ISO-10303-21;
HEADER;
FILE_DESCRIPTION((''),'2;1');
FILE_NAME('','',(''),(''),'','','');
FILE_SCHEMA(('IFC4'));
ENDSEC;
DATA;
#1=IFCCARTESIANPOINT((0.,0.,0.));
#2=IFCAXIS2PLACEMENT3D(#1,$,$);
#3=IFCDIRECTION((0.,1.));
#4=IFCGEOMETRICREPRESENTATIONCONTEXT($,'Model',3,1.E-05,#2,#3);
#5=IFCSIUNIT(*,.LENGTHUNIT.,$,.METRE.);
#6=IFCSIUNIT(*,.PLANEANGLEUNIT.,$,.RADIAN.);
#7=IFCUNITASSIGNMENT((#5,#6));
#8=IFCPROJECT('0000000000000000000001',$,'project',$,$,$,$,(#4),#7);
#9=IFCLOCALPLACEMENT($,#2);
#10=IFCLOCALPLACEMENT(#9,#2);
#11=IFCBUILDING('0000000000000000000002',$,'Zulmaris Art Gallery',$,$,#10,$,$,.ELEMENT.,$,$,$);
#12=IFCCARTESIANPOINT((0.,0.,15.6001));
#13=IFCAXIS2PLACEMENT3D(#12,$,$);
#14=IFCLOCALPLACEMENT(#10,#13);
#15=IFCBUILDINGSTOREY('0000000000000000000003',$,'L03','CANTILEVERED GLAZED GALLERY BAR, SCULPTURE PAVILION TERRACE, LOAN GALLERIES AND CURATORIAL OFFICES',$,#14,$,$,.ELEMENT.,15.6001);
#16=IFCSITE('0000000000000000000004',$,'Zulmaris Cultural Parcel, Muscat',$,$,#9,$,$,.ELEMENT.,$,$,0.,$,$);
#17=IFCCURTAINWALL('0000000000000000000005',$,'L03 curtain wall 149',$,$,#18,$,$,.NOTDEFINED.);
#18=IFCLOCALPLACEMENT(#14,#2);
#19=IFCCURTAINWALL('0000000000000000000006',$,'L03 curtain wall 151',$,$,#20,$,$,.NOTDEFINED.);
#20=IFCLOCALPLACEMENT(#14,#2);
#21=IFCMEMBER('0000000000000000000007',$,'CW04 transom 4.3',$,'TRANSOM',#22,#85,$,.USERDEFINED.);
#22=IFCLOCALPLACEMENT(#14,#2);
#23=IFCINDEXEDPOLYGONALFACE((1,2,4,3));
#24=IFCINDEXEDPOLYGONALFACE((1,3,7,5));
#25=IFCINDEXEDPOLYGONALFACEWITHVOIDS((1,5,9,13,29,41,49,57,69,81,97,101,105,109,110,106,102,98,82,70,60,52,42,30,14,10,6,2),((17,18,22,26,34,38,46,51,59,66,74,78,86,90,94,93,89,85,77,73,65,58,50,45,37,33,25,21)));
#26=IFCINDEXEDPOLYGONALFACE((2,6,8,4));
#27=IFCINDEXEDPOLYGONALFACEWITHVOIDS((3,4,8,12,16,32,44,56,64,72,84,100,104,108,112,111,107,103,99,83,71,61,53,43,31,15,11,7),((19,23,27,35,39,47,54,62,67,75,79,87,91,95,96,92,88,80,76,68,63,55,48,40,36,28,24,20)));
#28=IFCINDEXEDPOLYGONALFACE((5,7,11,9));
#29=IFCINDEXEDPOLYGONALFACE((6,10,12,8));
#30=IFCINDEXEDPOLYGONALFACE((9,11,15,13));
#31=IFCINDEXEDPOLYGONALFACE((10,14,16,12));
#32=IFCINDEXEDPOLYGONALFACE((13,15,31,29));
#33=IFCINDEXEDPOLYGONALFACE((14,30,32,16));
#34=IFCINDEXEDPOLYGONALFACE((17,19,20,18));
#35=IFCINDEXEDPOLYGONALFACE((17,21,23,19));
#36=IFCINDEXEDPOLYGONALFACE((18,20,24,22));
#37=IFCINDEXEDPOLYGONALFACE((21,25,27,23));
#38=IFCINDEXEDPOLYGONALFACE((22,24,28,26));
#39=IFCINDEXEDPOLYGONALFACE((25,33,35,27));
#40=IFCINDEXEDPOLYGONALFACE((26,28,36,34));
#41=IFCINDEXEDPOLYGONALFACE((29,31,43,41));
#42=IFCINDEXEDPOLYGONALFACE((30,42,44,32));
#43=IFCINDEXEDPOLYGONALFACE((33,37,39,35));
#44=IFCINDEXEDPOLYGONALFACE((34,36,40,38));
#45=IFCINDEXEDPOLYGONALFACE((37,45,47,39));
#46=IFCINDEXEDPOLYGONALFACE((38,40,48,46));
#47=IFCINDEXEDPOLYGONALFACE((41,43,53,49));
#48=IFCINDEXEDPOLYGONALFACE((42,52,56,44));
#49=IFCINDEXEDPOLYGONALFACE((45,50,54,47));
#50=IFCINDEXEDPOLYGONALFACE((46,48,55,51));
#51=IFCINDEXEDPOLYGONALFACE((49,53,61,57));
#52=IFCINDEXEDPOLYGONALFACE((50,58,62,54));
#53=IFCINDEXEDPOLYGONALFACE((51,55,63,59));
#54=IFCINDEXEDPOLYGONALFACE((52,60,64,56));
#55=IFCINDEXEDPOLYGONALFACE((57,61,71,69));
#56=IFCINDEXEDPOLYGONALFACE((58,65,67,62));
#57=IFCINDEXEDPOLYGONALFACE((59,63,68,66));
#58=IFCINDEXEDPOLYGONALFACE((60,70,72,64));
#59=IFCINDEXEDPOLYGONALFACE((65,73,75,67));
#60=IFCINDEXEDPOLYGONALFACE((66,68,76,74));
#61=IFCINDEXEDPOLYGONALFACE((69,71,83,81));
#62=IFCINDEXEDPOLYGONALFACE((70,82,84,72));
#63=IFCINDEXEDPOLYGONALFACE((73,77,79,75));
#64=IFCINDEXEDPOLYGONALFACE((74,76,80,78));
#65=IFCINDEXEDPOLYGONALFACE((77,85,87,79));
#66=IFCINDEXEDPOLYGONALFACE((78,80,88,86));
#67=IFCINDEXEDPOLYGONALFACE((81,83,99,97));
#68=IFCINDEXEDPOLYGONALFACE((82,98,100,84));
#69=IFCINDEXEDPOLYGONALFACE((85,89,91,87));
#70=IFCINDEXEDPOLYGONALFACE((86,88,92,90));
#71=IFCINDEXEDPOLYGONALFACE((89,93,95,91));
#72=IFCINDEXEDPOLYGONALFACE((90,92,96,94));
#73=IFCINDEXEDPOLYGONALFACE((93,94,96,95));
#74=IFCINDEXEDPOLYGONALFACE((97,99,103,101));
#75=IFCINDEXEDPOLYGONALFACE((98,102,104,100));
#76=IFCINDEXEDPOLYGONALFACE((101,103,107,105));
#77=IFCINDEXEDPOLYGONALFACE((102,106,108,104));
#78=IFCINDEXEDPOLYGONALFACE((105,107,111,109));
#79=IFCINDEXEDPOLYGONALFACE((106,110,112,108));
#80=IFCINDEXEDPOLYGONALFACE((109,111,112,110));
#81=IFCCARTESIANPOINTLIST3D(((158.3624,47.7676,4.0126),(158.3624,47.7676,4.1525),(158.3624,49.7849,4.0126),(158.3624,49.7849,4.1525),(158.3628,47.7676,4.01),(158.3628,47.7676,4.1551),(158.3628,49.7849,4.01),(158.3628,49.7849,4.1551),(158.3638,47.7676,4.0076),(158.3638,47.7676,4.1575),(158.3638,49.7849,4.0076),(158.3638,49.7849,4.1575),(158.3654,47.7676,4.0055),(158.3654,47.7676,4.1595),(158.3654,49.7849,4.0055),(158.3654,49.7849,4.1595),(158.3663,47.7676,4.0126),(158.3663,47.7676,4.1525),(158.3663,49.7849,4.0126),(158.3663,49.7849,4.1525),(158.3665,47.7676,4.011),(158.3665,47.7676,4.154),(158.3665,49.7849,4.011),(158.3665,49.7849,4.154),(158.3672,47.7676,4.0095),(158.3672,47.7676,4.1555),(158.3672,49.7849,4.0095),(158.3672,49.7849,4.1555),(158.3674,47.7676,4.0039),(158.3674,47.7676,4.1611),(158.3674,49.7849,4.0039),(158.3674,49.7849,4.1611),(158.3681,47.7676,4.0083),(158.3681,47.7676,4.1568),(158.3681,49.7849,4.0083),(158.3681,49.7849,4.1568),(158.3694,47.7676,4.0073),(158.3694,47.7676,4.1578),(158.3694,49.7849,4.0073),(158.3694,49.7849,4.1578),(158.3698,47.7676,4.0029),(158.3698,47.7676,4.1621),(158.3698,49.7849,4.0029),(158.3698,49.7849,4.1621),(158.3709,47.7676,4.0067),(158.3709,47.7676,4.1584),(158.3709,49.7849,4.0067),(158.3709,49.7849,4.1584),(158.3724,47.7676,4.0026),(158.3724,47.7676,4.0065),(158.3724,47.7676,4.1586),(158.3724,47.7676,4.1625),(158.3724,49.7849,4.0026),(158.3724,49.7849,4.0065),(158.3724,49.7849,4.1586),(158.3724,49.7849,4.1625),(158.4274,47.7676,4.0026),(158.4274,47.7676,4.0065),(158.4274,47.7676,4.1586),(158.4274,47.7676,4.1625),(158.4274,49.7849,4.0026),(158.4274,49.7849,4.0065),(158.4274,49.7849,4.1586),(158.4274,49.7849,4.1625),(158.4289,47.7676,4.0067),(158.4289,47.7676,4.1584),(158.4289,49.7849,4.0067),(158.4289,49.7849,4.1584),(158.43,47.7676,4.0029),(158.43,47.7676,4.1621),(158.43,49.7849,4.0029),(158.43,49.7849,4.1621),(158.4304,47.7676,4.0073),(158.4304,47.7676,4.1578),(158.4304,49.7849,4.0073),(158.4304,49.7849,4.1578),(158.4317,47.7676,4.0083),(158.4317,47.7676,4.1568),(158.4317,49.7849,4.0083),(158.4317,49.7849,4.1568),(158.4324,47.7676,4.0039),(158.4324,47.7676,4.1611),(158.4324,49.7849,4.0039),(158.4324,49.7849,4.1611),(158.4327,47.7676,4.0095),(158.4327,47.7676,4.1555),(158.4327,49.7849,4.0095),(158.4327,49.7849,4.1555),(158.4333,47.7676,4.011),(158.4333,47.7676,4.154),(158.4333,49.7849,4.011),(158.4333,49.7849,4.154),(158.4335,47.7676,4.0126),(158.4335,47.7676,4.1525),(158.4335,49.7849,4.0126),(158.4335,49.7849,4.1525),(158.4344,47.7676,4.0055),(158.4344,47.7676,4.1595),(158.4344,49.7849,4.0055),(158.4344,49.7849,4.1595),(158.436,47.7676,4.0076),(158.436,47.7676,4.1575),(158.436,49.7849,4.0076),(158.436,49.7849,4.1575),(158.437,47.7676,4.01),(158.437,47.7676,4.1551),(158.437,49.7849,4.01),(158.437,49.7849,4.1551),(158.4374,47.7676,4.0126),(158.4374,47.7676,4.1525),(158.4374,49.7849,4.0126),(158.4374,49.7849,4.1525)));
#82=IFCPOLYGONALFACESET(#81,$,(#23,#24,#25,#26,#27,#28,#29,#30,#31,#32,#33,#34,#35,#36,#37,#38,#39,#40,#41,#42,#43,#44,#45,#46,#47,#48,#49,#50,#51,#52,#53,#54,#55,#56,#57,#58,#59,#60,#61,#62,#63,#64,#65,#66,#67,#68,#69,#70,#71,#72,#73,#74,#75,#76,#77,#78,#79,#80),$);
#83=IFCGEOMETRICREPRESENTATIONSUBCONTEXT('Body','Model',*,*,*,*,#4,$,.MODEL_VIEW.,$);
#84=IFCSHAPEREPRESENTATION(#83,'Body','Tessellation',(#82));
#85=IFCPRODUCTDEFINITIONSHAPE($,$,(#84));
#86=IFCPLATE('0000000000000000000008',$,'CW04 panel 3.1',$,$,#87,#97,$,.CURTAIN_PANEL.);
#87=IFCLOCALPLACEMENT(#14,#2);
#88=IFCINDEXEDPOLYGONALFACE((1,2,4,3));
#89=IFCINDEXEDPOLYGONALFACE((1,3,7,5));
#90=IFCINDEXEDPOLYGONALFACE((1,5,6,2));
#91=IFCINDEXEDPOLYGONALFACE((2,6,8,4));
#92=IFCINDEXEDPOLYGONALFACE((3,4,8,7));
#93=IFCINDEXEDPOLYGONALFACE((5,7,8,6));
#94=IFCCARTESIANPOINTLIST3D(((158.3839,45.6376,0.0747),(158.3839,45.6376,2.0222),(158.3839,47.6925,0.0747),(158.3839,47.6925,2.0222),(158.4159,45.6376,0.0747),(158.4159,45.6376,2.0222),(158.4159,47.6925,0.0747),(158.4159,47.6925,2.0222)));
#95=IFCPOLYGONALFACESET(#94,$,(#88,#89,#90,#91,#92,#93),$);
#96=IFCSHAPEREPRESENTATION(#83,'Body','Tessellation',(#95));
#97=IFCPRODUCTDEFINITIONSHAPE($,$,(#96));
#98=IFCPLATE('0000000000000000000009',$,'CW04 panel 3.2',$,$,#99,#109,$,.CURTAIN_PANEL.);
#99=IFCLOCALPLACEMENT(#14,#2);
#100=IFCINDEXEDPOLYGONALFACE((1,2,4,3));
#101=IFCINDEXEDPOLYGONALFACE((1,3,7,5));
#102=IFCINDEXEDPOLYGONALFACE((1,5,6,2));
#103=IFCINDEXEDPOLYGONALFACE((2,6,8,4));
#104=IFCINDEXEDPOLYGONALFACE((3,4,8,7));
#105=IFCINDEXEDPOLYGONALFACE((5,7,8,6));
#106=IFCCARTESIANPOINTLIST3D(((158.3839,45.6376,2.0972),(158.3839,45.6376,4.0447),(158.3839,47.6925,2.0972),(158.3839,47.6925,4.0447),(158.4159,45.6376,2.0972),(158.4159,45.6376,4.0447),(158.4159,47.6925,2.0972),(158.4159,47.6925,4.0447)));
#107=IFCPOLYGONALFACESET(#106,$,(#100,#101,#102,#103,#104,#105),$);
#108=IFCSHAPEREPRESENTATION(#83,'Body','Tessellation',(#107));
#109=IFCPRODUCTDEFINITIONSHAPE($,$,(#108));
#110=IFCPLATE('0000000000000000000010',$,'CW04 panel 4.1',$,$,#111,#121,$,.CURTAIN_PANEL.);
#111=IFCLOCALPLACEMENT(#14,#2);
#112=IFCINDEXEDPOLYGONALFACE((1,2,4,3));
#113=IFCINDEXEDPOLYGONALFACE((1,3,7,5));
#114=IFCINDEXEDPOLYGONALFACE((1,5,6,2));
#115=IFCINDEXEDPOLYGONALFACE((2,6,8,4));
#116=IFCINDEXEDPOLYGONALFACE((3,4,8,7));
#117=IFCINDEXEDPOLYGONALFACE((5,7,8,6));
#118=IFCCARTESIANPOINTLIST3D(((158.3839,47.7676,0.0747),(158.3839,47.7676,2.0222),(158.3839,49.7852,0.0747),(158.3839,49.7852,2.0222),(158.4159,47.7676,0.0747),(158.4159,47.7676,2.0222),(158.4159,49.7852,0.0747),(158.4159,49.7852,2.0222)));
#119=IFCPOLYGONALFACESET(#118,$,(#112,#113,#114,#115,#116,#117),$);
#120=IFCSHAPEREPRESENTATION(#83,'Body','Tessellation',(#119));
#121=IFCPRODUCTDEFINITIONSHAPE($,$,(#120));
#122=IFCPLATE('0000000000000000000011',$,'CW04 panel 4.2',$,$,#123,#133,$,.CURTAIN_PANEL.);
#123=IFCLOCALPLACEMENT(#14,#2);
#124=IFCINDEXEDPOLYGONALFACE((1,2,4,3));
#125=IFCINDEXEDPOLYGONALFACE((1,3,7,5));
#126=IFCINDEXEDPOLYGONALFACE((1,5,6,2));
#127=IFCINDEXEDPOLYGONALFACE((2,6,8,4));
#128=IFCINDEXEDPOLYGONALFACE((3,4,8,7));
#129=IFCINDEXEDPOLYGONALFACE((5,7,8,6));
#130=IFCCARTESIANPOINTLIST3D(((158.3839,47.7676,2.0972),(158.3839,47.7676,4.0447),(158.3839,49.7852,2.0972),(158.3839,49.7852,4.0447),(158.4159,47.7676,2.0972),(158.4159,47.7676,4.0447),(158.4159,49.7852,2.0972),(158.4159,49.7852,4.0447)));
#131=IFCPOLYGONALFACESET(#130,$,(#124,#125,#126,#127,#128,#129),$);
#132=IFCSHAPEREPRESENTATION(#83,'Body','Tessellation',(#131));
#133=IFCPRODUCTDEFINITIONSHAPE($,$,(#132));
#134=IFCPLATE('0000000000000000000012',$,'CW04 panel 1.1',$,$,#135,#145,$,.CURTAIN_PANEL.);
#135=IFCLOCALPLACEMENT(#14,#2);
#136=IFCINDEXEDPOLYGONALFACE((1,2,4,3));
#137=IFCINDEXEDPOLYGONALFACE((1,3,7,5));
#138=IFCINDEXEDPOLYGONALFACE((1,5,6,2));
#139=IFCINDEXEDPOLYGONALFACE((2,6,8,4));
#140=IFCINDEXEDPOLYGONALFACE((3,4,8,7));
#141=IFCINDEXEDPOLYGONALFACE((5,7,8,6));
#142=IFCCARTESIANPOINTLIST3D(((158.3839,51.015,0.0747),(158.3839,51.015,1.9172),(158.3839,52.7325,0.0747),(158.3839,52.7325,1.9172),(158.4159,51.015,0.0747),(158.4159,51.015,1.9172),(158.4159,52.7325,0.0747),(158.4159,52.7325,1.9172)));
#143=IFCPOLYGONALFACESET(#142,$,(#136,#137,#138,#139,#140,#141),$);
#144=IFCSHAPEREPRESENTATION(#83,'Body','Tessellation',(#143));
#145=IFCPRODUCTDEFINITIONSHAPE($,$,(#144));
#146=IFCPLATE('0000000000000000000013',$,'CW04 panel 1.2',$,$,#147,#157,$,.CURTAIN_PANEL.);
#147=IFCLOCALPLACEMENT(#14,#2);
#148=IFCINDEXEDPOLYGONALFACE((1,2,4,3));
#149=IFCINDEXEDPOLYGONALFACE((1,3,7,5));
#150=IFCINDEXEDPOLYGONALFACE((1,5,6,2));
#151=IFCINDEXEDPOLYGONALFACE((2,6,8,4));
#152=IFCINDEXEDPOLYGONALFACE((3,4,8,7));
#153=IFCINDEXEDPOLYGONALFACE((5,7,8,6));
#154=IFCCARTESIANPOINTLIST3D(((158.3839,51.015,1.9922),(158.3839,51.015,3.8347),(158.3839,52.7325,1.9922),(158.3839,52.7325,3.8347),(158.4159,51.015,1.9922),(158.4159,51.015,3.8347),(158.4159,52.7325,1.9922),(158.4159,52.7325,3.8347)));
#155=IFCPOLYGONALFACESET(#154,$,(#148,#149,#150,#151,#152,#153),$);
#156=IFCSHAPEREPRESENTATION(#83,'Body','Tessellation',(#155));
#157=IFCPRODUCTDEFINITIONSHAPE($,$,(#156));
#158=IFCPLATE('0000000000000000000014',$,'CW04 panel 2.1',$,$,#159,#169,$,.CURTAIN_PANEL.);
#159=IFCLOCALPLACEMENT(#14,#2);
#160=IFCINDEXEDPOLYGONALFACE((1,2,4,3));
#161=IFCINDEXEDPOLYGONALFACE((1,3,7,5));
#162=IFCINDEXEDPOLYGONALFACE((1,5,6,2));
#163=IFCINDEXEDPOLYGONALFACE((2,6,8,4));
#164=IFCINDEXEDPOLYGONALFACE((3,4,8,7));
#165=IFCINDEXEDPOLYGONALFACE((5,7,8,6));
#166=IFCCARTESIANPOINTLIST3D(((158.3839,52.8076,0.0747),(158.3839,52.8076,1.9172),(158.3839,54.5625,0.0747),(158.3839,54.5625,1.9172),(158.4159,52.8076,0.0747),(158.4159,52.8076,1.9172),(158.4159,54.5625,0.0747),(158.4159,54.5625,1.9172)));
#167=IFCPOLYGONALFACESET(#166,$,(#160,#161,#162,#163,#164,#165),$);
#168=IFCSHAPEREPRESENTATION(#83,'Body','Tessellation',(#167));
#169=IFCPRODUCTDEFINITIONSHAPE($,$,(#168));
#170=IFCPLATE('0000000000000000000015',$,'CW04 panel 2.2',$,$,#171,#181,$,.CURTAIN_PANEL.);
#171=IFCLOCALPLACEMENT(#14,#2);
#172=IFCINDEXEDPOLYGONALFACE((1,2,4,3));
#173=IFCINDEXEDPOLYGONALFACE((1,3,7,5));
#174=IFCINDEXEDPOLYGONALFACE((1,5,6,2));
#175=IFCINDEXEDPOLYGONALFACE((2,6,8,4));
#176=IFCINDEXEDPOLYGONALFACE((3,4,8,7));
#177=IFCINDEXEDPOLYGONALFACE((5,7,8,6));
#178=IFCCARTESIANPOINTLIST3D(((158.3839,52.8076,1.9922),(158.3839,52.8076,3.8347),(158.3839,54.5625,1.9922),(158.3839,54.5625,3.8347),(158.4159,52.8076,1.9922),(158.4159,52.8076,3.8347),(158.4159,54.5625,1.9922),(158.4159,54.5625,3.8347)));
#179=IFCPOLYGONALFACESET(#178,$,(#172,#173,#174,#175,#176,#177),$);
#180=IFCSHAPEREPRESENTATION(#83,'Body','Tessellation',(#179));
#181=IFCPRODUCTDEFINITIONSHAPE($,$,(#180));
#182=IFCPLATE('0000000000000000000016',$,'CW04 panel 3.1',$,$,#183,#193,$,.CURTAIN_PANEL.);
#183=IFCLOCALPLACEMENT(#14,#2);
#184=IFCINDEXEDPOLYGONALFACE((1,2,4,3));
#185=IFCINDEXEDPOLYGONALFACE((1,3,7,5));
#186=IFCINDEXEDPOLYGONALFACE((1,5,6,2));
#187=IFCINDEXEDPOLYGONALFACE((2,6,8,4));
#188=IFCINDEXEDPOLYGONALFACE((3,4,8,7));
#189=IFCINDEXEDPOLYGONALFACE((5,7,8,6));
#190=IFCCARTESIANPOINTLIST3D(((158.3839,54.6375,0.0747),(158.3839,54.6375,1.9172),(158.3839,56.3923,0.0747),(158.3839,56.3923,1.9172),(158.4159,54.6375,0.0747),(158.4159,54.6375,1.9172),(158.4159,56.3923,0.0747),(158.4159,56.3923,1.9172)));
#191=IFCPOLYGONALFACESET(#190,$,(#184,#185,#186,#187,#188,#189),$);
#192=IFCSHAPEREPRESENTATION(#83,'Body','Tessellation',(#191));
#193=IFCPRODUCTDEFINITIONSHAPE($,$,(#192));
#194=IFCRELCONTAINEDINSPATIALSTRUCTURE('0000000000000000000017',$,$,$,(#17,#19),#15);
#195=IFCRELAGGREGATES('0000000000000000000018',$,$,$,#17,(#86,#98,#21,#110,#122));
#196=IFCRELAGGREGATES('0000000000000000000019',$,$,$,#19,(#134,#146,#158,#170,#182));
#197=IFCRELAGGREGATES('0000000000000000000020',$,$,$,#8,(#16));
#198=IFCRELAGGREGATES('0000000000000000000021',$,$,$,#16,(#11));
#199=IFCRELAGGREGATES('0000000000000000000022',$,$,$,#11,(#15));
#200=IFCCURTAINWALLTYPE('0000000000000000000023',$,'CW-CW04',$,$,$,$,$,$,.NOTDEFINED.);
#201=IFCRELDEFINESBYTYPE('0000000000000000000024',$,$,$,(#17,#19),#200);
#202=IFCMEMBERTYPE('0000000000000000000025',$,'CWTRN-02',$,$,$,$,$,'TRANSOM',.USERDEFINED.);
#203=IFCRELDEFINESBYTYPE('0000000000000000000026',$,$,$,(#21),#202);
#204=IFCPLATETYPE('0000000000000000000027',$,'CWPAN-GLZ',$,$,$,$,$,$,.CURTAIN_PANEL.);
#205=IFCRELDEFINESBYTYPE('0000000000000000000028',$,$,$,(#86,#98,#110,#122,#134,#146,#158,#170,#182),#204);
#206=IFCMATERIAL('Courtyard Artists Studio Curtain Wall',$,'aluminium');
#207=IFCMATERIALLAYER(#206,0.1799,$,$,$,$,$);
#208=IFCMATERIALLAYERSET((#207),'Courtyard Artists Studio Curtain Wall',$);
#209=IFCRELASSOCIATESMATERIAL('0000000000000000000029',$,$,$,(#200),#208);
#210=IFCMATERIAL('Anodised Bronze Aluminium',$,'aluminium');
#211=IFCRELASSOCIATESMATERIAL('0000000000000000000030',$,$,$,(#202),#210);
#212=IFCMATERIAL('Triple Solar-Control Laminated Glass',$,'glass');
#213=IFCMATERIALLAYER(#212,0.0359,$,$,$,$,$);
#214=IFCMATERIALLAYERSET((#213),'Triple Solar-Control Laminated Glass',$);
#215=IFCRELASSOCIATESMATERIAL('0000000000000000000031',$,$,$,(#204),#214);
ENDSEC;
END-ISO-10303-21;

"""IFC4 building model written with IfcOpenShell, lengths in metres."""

from ifc_helpers import new_model, si_unit, direction, frame, origin, origin_2d, place, context, subcontext, project, spatial, rectangle, hollow_rectangle, extrude, material, layer, layer_set, material_profile, profile_set, type_object, element, aggregate, save


model = new_model("IFC4")

# Units and contexts
model_context = context("Model", 3, precision=1e-05, world=origin(), true_north=direction((0.0, 1.0)))
body_context = subcontext(model_context, "Body", "Model", "MODEL_VIEW")
ifc_project = project(units=[si_unit("LENGTHUNIT", "METRE"), si_unit("PLANEANGLEUNIT", "RADIAN")], contexts=[model_context])

# Site, building, storey
site_placement = place(None, origin())
site = spatial("IfcSite", under=ifc_project, at=site_placement, Name="Zulmaris Cultural Parcel, Muscat", CompositionType="ELEMENT", RefElevation=0.0)
building_placement = place(site_placement, origin())
building = spatial("IfcBuilding", under=site, at=building_placement, Name="Zulmaris Art Gallery", CompositionType="ELEMENT")
storey_placement = place(building_placement, frame((0.0, 0.0, 15.6001)))
storey = spatial("IfcBuildingStorey", under=building, at=storey_placement, Name="L03", Description="CANTILEVERED GLAZED GALLERY BAR, SCULPTURE PAVILION TERRACE, LOAN GALLERIES AND CURATORIAL OFFICES", CompositionType="ELEMENT", Elevation=15.6001)

# Curtain walls
ifc_material_1 = material(Name="Courtyard Artists Studio Curtain Wall", Category="aluminium")
ifc_layer_1 = layer(ifc_material_1, 0.1799)
ifc_layer_set_1 = layer_set([ifc_layer_1], Name="Courtyard Artists Studio Curtain Wall")
curtain_wall_type = type_object("IfcCurtainWallType", Name="CW-CW04", PredefinedType="NOTDEFINED", material=ifc_layer_set_1)
curtain_wall_1_placement = place(storey_placement, origin())
curtain_wall_1 = element("IfcCurtainWall", 1, at=curtain_wall_1_placement, inside=storey, type_object=curtain_wall_type, Name="L03 curtain wall 149", PredefinedType="NOTDEFINED")
ifc_material_2 = material(Name="Anodised Bronze Aluminium", Category="aluminium")
curtain_wall_2_placement = place(storey_placement, origin())
curtain_wall_2 = element("IfcCurtainWall", 2, at=curtain_wall_2_placement, inside=storey, type_object=curtain_wall_type, Name="L03 curtain wall 151", PredefinedType="NOTDEFINED")

# Member
ifc_material_profile_1 = material_profile(ifc_material_2, hollow_rectangle(XDim=0.075, YDim=0.1599, WallThickness=0.0039, InnerFilletRadius=0.0061, OuterFilletRadius=0.01, at=origin_2d()), Name="ALU 75x160x4")
ifc_profile_set_1 = profile_set([ifc_material_profile_1], Name="Anodised Bronze Aluminium")
member_type_1 = type_object("IfcMemberType", Name="CWTRN-02", ElementType="TRANSOM", PredefinedType="USERDEFINED", material=ifc_profile_set_1)
member_1_placement = place(storey_placement, frame((158.3999, 47.7676, 4.0825), z_axis=(0.0, 1.0, 0.0), x_axis=(-1.0, 0.0, 0.0)))
member_1 = element("IfcMember", 3, at=member_1_placement, type_object=member_type_1, Name="CW04 transom 4.3", ObjectType="TRANSOM", PredefinedType="USERDEFINED", context=body_context, shape_type="SweptSolid", body=[
    extrude(hollow_rectangle(XDim=0.075, YDim=0.1599, WallThickness=0.0039, InnerFilletRadius=0.0061, OuterFilletRadius=0.01, at=origin_2d()), origin(), (0.0, 0.0, 1.0), 2.0173),
])

# Plates
ifc_material_3 = material(Name="Triple Solar-Control Laminated Glass", Category="glass")
ifc_layer_2 = layer(ifc_material_3, 0.0359)
ifc_layer_set_2 = layer_set([ifc_layer_2], Name="Triple Solar-Control Laminated Glass")
plate_type = type_object("IfcPlateType", Name="CWPAN-GLZ", PredefinedType="CURTAIN_PANEL", material=ifc_layer_set_2)
plate_1_placement = place(storey_placement, frame((158.3999, 46.665, 0.0747), z_axis=(0.0, 0.0, 1.0), x_axis=(0.0, 1.0, 0.0)))
plate_1 = element("IfcPlate", 4, at=plate_1_placement, type_object=plate_type, Name="CW04 panel 3.1", PredefinedType="CURTAIN_PANEL", context=body_context, shape_type="SweptSolid", body=[
    extrude(rectangle(XDim=2.0549, YDim=0.032, at=origin_2d()), origin(), (0.0, 0.0, 1.0), 1.9475),
])
plate_2_placement = place(storey_placement, frame((158.3999, 46.665, 2.0972), z_axis=(0.0, 0.0, 1.0), x_axis=(0.0, 1.0, 0.0)))
plate_2 = element("IfcPlate", 5, at=plate_2_placement, type_object=plate_type, Name="CW04 panel 3.2", PredefinedType="CURTAIN_PANEL", context=body_context, shape_type="SweptSolid", body=[
    extrude(rectangle(XDim=2.0549, YDim=0.032, at=origin_2d()), origin(), (0.0, 0.0, 1.0), 1.9475),
])
plate_3_placement = place(storey_placement, frame((158.3999, 48.7764, 0.0747), z_axis=(0.0, 0.0, 1.0), x_axis=(0.0, 1.0, 0.0)))
plate_3 = element("IfcPlate", 6, at=plate_3_placement, type_object=plate_type, Name="CW04 panel 4.1", PredefinedType="CURTAIN_PANEL", context=body_context, shape_type="SweptSolid", body=[
    extrude(rectangle(XDim=2.0176, YDim=0.032, at=origin_2d()), origin(), (0.0, 0.0, 1.0), 1.9475),
])
plate_4_placement = place(storey_placement, frame((158.3999, 48.7764, 2.0972), z_axis=(0.0, 0.0, 1.0), x_axis=(0.0, 1.0, 0.0)))
plate_4 = element("IfcPlate", 7, at=plate_4_placement, type_object=plate_type, Name="CW04 panel 4.2", PredefinedType="CURTAIN_PANEL", context=body_context, shape_type="SweptSolid", body=[
    extrude(rectangle(XDim=2.0176, YDim=0.032, at=origin_2d()), origin(), (0.0, 0.0, 1.0), 1.9475),
])
aggregate(curtain_wall_1, [plate_1, plate_2, member_1, plate_3, plate_4])
plate_5_placement = place(storey_placement, frame((158.3999, 51.8738, 0.0747), z_axis=(0.0, 0.0, 1.0), x_axis=(0.0, 1.0, 0.0)))
plate_5 = element("IfcPlate", 8, at=plate_5_placement, type_object=plate_type, Name="CW04 panel 1.1", PredefinedType="CURTAIN_PANEL", context=body_context, shape_type="SweptSolid", body=[
    extrude(rectangle(XDim=1.7175, YDim=0.032, at=origin_2d()), origin(), (0.0, 0.0, 1.0), 1.8425),
])
plate_6_placement = place(storey_placement, frame((158.3999, 51.8738, 1.9922), z_axis=(0.0, 0.0, 1.0), x_axis=(0.0, 1.0, 0.0)))
plate_6 = element("IfcPlate", 9, at=plate_6_placement, type_object=plate_type, Name="CW04 panel 1.2", PredefinedType="CURTAIN_PANEL", context=body_context, shape_type="SweptSolid", body=[
    extrude(rectangle(XDim=1.7175, YDim=0.032, at=origin_2d()), origin(), (0.0, 0.0, 1.0), 1.8425),
])
plate_7_placement = place(storey_placement, frame((158.3999, 53.6851, 0.0747), z_axis=(0.0, 0.0, 1.0), x_axis=(0.0, 1.0, 0.0)))
plate_7 = element("IfcPlate", 10, at=plate_7_placement, type_object=plate_type, Name="CW04 panel 2.1", PredefinedType="CURTAIN_PANEL", context=body_context, shape_type="SweptSolid", body=[
    extrude(rectangle(XDim=1.7549, YDim=0.032, at=origin_2d()), origin(), (0.0, 0.0, 1.0), 1.8425),
])
plate_8_placement = place(storey_placement, frame((158.3999, 53.6851, 1.9922), z_axis=(0.0, 0.0, 1.0), x_axis=(0.0, 1.0, 0.0)))
plate_8 = element("IfcPlate", 11, at=plate_8_placement, type_object=plate_type, Name="CW04 panel 2.2", PredefinedType="CURTAIN_PANEL", context=body_context, shape_type="SweptSolid", body=[
    extrude(rectangle(XDim=1.7549, YDim=0.032, at=origin_2d()), origin(), (0.0, 0.0, 1.0), 1.8425),
])
plate_9_placement = place(storey_placement, frame((158.3999, 55.5149, 0.0747), z_axis=(0.0, 0.0, 1.0), x_axis=(0.0, 1.0, 0.0)))
plate_9 = element("IfcPlate", 12, at=plate_9_placement, type_object=plate_type, Name="CW04 panel 3.1", PredefinedType="CURTAIN_PANEL", context=body_context, shape_type="SweptSolid", body=[
    extrude(rectangle(XDim=1.7549, YDim=0.032, at=origin_2d()), origin(), (0.0, 0.0, 1.0), 1.8425),
])
aggregate(curtain_wall_2, [plate_5, plate_6, plate_7, plate_8, plate_9])

save(model, "model.ifc")
